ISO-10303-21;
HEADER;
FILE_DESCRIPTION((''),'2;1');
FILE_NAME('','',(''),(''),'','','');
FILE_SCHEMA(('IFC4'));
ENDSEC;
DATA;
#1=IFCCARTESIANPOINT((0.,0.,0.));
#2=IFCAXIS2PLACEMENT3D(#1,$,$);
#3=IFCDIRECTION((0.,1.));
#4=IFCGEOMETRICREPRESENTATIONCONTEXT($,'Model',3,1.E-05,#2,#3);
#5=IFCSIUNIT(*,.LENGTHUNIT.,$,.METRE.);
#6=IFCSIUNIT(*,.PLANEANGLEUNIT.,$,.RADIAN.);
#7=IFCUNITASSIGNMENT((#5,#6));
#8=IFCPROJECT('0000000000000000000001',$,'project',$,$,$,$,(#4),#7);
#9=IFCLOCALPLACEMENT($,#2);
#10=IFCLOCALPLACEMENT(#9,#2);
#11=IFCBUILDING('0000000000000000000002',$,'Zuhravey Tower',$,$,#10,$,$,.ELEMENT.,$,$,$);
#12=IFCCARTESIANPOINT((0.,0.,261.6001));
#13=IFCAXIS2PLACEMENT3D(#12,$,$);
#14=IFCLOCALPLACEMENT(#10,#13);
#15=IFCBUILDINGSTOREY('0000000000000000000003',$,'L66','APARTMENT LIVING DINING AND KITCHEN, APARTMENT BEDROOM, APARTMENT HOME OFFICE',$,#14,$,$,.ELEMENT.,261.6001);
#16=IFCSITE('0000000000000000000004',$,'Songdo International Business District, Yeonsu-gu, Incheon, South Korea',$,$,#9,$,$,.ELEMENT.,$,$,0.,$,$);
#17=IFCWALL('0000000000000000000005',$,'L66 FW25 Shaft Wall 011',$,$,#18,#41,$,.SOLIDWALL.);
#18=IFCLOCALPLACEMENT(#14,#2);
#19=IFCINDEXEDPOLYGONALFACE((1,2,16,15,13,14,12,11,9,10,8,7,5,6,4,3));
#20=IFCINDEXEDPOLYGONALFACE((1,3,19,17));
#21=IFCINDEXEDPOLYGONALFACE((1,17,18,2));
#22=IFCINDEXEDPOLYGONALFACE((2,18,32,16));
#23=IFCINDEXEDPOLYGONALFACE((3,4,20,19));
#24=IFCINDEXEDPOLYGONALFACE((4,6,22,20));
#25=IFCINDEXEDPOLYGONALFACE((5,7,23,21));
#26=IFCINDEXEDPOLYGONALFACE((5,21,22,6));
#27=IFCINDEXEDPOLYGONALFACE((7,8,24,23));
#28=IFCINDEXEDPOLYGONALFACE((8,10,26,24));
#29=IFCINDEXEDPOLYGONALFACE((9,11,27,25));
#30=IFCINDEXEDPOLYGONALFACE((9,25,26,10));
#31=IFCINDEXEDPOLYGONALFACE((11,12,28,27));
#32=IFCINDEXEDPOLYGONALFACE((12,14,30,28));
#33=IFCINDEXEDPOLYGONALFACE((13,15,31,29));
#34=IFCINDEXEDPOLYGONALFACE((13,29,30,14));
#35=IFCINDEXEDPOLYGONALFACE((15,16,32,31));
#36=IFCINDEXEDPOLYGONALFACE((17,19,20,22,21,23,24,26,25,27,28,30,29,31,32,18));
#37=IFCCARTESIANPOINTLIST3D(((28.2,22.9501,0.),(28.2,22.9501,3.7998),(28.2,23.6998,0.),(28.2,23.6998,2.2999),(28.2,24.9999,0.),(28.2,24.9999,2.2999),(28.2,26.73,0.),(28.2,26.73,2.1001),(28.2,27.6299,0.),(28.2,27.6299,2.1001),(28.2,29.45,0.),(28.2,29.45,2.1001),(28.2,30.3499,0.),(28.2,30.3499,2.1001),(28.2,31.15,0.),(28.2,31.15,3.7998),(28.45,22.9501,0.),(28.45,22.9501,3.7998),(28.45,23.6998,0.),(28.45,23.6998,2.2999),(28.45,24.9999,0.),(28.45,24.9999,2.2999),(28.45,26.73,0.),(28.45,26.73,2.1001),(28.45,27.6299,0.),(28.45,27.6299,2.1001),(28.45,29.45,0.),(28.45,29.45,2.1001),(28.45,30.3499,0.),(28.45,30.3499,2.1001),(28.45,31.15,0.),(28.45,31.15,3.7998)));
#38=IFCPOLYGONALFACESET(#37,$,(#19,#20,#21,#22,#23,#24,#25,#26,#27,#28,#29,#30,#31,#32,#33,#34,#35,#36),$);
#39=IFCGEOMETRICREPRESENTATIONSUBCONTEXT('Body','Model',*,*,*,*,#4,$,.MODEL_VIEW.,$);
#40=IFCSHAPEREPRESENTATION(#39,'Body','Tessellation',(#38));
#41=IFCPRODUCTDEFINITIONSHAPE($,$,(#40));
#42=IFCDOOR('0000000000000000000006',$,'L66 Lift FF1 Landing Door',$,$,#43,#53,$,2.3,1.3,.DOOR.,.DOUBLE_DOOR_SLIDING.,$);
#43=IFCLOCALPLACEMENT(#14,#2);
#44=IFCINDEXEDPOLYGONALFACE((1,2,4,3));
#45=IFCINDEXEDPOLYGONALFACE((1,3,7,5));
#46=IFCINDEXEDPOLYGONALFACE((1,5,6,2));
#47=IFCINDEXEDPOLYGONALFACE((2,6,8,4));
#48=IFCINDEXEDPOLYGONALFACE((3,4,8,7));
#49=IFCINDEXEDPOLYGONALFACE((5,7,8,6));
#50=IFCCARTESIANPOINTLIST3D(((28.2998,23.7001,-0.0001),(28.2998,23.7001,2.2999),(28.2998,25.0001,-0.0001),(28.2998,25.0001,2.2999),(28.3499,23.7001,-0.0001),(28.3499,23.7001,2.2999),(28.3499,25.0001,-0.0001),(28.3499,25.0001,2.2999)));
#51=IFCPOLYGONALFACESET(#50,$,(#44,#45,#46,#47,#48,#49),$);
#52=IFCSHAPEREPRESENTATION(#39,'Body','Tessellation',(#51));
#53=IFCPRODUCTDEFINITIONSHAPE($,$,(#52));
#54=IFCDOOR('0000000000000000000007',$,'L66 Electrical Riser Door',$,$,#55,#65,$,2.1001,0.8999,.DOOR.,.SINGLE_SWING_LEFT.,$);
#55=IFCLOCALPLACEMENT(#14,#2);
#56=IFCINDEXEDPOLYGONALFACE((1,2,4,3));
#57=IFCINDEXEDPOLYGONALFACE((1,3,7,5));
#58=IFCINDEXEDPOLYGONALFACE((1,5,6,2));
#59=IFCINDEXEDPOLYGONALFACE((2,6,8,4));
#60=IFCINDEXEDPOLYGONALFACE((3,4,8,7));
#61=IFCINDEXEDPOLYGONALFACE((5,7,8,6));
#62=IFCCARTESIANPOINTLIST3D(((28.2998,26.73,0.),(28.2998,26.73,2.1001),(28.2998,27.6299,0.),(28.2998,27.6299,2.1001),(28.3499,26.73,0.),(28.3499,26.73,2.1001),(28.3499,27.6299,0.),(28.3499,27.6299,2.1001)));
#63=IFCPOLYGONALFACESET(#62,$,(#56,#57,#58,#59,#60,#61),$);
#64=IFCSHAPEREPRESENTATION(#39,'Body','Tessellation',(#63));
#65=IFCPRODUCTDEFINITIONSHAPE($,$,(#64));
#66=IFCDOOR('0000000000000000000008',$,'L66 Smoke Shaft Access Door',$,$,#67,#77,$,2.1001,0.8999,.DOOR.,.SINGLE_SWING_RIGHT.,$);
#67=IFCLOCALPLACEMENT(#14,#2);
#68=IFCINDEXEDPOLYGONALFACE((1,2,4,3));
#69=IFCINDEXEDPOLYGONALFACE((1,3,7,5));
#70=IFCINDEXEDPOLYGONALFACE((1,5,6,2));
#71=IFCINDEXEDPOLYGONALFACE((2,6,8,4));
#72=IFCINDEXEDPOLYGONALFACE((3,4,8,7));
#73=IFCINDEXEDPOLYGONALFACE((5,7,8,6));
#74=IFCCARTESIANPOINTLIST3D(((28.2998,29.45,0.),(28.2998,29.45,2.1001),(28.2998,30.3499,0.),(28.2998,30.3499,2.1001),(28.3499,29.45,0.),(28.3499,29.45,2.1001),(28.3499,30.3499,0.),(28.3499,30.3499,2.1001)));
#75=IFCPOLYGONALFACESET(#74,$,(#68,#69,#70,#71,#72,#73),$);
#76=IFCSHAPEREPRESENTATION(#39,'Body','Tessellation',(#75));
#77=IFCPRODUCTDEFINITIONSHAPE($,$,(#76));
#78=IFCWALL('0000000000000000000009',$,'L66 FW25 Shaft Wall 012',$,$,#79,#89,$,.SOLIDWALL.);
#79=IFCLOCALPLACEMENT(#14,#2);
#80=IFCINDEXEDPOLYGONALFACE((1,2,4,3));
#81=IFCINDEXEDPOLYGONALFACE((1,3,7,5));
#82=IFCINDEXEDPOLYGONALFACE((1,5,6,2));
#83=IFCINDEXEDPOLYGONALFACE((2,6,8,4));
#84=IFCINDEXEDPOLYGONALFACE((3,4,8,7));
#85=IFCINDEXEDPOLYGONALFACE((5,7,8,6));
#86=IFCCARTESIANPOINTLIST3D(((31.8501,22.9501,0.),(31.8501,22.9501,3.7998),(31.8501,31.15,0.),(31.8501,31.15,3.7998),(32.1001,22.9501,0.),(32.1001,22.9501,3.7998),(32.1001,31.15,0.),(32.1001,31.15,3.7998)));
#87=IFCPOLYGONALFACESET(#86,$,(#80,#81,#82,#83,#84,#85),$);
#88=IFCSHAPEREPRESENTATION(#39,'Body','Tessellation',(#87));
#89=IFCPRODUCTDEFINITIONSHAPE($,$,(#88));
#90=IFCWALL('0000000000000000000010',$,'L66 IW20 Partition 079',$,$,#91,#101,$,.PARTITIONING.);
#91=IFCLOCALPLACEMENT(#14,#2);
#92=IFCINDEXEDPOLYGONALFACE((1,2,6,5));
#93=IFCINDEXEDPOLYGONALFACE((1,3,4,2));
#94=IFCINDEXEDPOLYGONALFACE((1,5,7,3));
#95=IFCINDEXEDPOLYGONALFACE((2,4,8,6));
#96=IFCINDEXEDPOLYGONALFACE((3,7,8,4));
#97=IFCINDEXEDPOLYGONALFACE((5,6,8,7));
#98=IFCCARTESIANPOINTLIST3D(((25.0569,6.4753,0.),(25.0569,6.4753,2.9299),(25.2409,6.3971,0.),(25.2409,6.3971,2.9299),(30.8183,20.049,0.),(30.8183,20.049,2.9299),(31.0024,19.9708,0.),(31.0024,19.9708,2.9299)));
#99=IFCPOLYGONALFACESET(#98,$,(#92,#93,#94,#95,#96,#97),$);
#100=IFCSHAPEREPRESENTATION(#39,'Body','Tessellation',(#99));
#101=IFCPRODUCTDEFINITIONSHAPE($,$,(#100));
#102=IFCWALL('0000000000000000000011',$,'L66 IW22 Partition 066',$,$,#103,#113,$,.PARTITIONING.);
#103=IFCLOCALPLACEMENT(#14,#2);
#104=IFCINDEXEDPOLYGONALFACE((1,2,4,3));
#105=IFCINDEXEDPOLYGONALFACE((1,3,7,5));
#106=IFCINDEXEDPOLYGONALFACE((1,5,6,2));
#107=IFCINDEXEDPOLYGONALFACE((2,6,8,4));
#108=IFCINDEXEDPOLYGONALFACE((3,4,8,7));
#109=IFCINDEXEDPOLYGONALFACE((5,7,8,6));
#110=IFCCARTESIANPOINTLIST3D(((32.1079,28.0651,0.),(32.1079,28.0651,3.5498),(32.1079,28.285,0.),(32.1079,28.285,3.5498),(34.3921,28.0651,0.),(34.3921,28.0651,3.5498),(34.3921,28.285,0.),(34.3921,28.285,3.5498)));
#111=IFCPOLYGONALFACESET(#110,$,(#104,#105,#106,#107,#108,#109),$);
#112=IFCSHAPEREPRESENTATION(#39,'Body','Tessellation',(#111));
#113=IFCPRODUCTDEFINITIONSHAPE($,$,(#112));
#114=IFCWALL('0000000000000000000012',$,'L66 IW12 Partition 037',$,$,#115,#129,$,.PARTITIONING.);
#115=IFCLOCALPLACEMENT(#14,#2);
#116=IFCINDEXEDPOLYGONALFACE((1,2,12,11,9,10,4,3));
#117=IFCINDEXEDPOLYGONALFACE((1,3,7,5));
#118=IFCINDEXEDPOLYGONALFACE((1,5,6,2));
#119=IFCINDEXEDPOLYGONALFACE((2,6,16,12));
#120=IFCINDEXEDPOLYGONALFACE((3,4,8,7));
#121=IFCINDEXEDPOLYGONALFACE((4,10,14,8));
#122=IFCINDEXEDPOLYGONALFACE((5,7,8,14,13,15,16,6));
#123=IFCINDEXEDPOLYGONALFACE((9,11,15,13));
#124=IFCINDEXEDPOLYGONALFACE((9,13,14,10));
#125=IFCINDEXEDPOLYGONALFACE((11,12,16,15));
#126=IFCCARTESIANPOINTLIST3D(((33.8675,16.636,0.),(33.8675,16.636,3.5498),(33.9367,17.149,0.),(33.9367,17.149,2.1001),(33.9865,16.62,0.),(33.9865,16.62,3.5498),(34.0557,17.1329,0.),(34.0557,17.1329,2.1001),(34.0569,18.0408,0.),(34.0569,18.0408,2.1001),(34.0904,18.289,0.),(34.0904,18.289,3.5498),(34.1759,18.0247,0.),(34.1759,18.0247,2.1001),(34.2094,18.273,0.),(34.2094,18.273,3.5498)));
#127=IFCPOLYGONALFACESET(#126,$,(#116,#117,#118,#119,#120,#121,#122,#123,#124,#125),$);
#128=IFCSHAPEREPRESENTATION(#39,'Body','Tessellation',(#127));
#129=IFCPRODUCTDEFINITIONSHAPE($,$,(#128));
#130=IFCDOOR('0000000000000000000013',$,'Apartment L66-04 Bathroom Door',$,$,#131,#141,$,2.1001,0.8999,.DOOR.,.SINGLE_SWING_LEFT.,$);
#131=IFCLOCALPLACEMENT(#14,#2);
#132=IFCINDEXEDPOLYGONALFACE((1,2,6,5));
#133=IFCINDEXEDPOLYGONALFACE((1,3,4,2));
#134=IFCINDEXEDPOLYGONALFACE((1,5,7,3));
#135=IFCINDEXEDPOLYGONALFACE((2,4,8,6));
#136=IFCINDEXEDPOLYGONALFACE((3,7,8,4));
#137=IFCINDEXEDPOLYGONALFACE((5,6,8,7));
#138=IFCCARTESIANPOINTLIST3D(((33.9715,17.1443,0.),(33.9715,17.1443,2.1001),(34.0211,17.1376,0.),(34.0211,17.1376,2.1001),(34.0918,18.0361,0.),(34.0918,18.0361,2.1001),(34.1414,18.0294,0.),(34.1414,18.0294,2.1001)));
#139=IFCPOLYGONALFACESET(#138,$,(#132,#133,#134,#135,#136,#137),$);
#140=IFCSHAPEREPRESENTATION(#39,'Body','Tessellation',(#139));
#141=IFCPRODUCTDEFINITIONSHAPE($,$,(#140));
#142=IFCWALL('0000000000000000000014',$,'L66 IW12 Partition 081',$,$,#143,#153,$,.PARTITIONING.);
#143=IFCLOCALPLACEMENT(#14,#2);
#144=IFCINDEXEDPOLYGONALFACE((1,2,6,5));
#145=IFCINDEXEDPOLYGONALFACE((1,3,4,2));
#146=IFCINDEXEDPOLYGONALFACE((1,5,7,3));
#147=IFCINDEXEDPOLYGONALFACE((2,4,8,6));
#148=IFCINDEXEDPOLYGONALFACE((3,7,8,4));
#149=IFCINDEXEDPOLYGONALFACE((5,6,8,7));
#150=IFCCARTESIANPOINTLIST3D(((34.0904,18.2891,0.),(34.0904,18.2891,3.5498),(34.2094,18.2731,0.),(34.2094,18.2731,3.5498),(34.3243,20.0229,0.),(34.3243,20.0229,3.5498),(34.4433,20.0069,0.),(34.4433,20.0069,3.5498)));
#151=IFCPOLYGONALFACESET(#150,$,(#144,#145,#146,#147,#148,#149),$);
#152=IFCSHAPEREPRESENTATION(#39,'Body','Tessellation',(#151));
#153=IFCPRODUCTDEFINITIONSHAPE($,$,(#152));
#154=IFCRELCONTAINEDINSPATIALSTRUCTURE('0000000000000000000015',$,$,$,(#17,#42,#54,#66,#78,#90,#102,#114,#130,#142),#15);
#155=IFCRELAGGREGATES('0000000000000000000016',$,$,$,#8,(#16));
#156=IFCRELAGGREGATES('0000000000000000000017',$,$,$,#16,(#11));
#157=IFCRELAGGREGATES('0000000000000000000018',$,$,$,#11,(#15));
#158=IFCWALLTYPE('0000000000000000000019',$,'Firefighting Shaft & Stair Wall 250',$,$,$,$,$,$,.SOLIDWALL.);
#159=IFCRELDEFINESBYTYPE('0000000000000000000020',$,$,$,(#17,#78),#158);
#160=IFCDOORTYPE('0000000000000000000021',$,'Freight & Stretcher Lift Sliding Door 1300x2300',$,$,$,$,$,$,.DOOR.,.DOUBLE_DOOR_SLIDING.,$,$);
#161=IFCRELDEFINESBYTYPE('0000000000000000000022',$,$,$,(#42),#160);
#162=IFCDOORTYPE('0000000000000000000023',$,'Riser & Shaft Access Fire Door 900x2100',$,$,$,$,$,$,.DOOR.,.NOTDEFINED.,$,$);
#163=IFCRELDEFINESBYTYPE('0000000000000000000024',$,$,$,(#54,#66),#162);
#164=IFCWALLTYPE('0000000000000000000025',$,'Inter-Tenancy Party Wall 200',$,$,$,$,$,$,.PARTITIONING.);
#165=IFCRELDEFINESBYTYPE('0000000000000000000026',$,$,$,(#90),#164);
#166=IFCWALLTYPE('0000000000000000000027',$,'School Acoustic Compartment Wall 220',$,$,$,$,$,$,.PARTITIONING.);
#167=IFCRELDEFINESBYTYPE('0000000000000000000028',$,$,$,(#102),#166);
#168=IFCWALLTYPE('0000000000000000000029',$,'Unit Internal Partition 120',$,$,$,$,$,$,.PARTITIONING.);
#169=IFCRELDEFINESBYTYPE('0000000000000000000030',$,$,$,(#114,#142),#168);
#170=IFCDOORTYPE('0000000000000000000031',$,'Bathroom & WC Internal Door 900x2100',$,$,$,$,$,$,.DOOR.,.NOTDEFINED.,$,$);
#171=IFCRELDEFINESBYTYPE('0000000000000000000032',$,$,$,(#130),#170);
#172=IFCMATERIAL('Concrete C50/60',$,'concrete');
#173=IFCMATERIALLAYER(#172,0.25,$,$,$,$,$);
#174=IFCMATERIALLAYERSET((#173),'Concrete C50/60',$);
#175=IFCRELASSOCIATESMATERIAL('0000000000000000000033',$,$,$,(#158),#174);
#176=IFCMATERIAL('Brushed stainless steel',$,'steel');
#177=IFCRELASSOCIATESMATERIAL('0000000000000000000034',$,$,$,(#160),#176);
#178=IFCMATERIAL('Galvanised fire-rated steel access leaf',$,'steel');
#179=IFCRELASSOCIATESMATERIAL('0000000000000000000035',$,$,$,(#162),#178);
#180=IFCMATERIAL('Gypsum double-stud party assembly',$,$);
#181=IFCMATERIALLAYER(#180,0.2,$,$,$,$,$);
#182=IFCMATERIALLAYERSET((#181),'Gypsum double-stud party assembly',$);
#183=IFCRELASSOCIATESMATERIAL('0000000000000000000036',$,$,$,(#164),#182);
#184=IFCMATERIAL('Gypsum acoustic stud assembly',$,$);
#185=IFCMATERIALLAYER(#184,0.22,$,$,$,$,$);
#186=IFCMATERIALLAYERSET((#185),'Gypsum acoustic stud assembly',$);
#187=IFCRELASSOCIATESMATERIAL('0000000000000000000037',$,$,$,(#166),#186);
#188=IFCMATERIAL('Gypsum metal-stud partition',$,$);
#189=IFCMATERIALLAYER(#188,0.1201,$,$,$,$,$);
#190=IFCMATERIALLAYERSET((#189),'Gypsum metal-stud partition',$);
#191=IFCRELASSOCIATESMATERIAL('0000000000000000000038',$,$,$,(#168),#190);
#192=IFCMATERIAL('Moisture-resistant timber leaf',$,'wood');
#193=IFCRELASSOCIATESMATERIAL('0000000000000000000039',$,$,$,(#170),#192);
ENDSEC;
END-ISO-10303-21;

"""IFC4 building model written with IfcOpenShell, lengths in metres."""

from ifc_helpers import new_model, si_unit, direction, frame, frame_2d, origin, place, context, subcontext, project, spatial, rectangle, extrude, material, layer, layer_set, type_object, element, fill, save


model = new_model("IFC4")

# Units and contexts
model_context = context("Model", 3, precision=1e-05, world=origin(), true_north=direction((0.0, 1.0)))
body_context = subcontext(model_context, "Body", "Model", "MODEL_VIEW")
ifc_project = project(units=[si_unit("LENGTHUNIT", "METRE"), si_unit("PLANEANGLEUNIT", "RADIAN")], contexts=[model_context])

# Site, building, storey
site_placement = place(None, origin())
site = spatial("IfcSite", under=ifc_project, at=site_placement, Name="Songdo International Business District, Yeonsu-gu, Incheon, South Korea", CompositionType="ELEMENT", RefElevation=0.0)
building_placement = place(site_placement, origin())
building = spatial("IfcBuilding", under=site, at=building_placement, Name="Zuhravey Tower", CompositionType="ELEMENT")
storey_placement = place(building_placement, frame((0.0, 0.0, 261.6001)))
storey = spatial("IfcBuildingStorey", under=building, at=storey_placement, Name="L66", Description="APARTMENT LIVING DINING AND KITCHEN, APARTMENT BEDROOM, APARTMENT HOME OFFICE", CompositionType="ELEMENT", Elevation=261.6001)

# Shared definitions
ifc_material_1 = material(Name="Concrete C50/60", Category="concrete")

# Shared definitions
ifc_layer_1 = layer(ifc_material_1, 0.25)
ifc_layer_set_1 = layer_set([ifc_layer_1], Name="Concrete C50/60")
wall_type_1 = type_object("IfcWallType", Name="Firefighting Shaft & Stair Wall 250", PredefinedType="SOLIDWALL", material=ifc_layer_set_1)

# Wall, openings, doors
wall_1_placement = place(storey_placement, frame((28.325, 22.95, 0.0), z_axis=(0.0, 0.0, 1.0), x_axis=(0.0, 1.0, 0.0)))
wall_1 = element("IfcWall", 1, at=wall_1_placement, inside=storey, type_object=wall_type_1, Name="L66 FW25 Shaft Wall 011", PredefinedType="SOLIDWALL", context=body_context, shape_type="SweptSolid", body=[
    extrude(rectangle(XDim=8.2, YDim=0.25, at=frame_2d((4.1001, 0.0))), origin(), (0.0, 0.0, 1.0), 3.7998),
])
opening_1_placement = place(wall_1_placement, frame((0.75, 0.0, 0.0)))
opening_1 = element("IfcOpeningElement", 2, at=opening_1_placement, cuts=wall_1, PredefinedType="OPENING", context=body_context, shape_type="SweptSolid", body=[
    extrude(rectangle(XDim=1.3, YDim=2.3, at=frame_2d((0.6499, 1.1499))), frame((0.0, 0.137, 0.0), z_axis=(0.0, -1.0, 0.0), x_axis=(1.0, 0.0, 0.0)), (0.0, 0.0, 1.0), 0.2739),
])
opening_2_placement = place(wall_1_placement, frame((3.78, 0.0, 0.0)))
opening_2 = element("IfcOpeningElement", 3, at=opening_2_placement, cuts=wall_1, PredefinedType="OPENING", context=body_context, shape_type="SweptSolid", body=[
    extrude(rectangle(XDim=0.8999, YDim=2.1001, at=frame_2d((0.45, 1.05))), frame((0.0, 0.137, 0.0), z_axis=(0.0, -1.0, 0.0), x_axis=(1.0, 0.0, 0.0)), (0.0, 0.0, 1.0), 0.2739),
])
opening_3_placement = place(wall_1_placement, frame((6.5, 0.0, 0.0)))
opening_3 = element("IfcOpeningElement", 4, at=opening_3_placement, cuts=wall_1, PredefinedType="OPENING", context=body_context, shape_type="SweptSolid", body=[
    extrude(rectangle(XDim=0.8999, YDim=2.1001, at=frame_2d((0.45, 1.05))), frame((0.0, 0.137, 0.0), z_axis=(0.0, -1.0, 0.0), x_axis=(1.0, 0.0, 0.0)), (0.0, 0.0, 1.0), 0.2739),
])
ifc_material_2 = material(Name="Brushed stainless steel", Category="steel")
door_type_1 = type_object("IfcDoorType", Name="Freight & Stretcher Lift Sliding Door 1300x2300", OperationType="DOUBLE_DOOR_SLIDING", PredefinedType="DOOR", material=ifc_material_2)
door_1_placement = place(opening_1_placement, frame((1.3, 0.0, 0.0), z_axis=(0.0, 0.0, 1.0), x_axis=(-1.0, 0.0, 0.0)))
door_1 = element("IfcDoor", 5, at=door_1_placement, inside=storey, type_object=door_type_1, Name="L66 Lift FF1 Landing Door", OperationType="DOUBLE_DOOR_SLIDING", OverallHeight=2.3, OverallWidth=1.3, PredefinedType="DOOR", context=body_context, shape_type="SweptSolid", body=[
    extrude(rectangle(XDim=1.3, YDim=2.3, at=frame_2d((0.6499, 1.1499))), frame((0.0, 0.0249, 0.0), z_axis=(0.0, -1.0, 0.0), x_axis=(1.0, 0.0, 0.0)), (0.0, 0.0, 1.0), 0.05),
])
fill(opening_1, door_1)
ifc_material_3 = material(Name="Galvanised fire-rated steel access leaf", Category="steel")
door_type_2 = type_object("IfcDoorType", Name="Riser & Shaft Access Fire Door 900x2100", OperationType="NOTDEFINED", PredefinedType="DOOR", material=ifc_material_3)
door_2_placement = place(opening_2_placement, frame((0.8999, 0.0, 0.0), z_axis=(0.0, 0.0, 1.0), x_axis=(-1.0, 0.0, 0.0)))
door_2 = element("IfcDoor", 6, at=door_2_placement, inside=storey, type_object=door_type_2, Name="L66 Electrical Riser Door", OperationType="SINGLE_SWING_LEFT", OverallHeight=2.1001, OverallWidth=0.8999, PredefinedType="DOOR", context=body_context, shape_type="SweptSolid", body=[
    extrude(rectangle(XDim=0.8999, YDim=2.1001, at=frame_2d((0.45, 1.05))), frame((0.0, 0.0249, 0.0), z_axis=(0.0, -1.0, 0.0), x_axis=(1.0, 0.0, 0.0)), (0.0, 0.0, 1.0), 0.05),
])
fill(opening_2, door_2)
door_3_placement = place(opening_3_placement, frame((0.8999, 0.0, 0.0), z_axis=(0.0, 0.0, 1.0), x_axis=(-1.0, 0.0, 0.0)))
door_3 = element("IfcDoor", 7, at=door_3_placement, inside=storey, type_object=door_type_2, Name="L66 Smoke Shaft Access Door", OperationType="SINGLE_SWING_RIGHT", OverallHeight=2.1001, OverallWidth=0.8999, PredefinedType="DOOR", context=body_context, shape_type="SweptSolid", body=[
    extrude(rectangle(XDim=0.8999, YDim=2.1001, at=frame_2d((0.45, 1.05))), frame((0.0, 0.0249, 0.0), z_axis=(0.0, -1.0, 0.0), x_axis=(1.0, 0.0, 0.0)), (0.0, 0.0, 1.0), 0.05),
])
fill(opening_3, door_3)

# Walls
wall_2_placement = place(storey_placement, frame((31.9751, 22.95, 0.0), z_axis=(0.0, 0.0, 1.0), x_axis=(0.0, 1.0, 0.0)))
element("IfcWall", 8, at=wall_2_placement, inside=storey, type_object=wall_type_1, Name="L66 FW25 Shaft Wall 012", PredefinedType="SOLIDWALL", context=body_context, shape_type="SweptSolid", body=[
    extrude(rectangle(XDim=8.2, YDim=0.25, at=frame_2d((4.1001, 0.0))), origin(), (0.0, 0.0, 1.0), 3.7998),
])
ifc_material_4 = material(Name="Gypsum double-stud party assembly")
ifc_layer_2 = layer(ifc_material_4, 0.2)
ifc_layer_set_2 = layer_set([ifc_layer_2], Name="Gypsum double-stud party assembly")
wall_type_2 = type_object("IfcWallType", Name="Inter-Tenancy Party Wall 200", PredefinedType="PARTITIONING", material=ifc_layer_set_2)
wall_3_placement = place(storey_placement, frame((30.9104, 20.01, 0.0), z_axis=(0.0, 0.0, 1.0), x_axis=(-0.390718, -0.920511, 0.0)))
element("IfcWall", 9, at=wall_3_placement, inside=storey, type_object=wall_type_2, Name="L66 IW20 Partition 079", PredefinedType="PARTITIONING", context=body_context, shape_type="SweptSolid", body=[
    extrude(rectangle(XDim=14.7458, YDim=0.2, at=frame_2d((7.373, 0.0))), origin(), (0.0, 0.0, 1.0), 2.9299),
])
ifc_material_5 = material(Name="Gypsum acoustic stud assembly")
ifc_layer_3 = layer(ifc_material_5, 0.22)
ifc_layer_set_3 = layer_set([ifc_layer_3], Name="Gypsum acoustic stud assembly")
wall_type_3 = type_object("IfcWallType", Name="School Acoustic Compartment Wall 220", PredefinedType="PARTITIONING", material=ifc_layer_set_3)
wall_4_placement = place(storey_placement, frame((32.1079, 28.175, 0.0), z_axis=(0.0, 0.0, 1.0), x_axis=(1.0, 0.0, 0.0)))
element("IfcWall", 10, at=wall_4_placement, inside=storey, type_object=wall_type_3, Name="L66 IW22 Partition 066", PredefinedType="PARTITIONING", context=body_context, shape_type="SweptSolid", body=[
    extrude(rectangle(XDim=2.2842, YDim=0.22, at=frame_2d((1.1421, 0.0))), origin(), (0.0, 0.0, 1.0), 3.5498),
])

# Wall, opening, door
ifc_material_6 = material(Name="Gypsum metal-stud partition")
ifc_layer_4 = layer(ifc_material_6, 0.1201)
ifc_layer_set_4 = layer_set([ifc_layer_4], Name="Gypsum metal-stud partition")
wall_type_4 = type_object("IfcWallType", Name="Unit Internal Partition 120", PredefinedType="PARTITIONING", material=ifc_layer_set_4)
wall_5_placement = place(storey_placement, frame((34.1499, 18.281, 0.0), z_axis=(0.0, 0.0, 1.0), x_axis=(-0.13363, -0.991031, 0.0)))
wall_5 = element("IfcWall", 11, at=wall_5_placement, inside=storey, type_object=wall_type_4, Name="L66 IW12 Partition 037", PredefinedType="PARTITIONING", context=body_context, shape_type="SweptSolid", body=[
    extrude(rectangle(XDim=1.668, YDim=0.1201, at=frame_2d((0.834, 0.0))), origin(), (0.0, 0.0, 1.0), 3.5498),
])
opening_4_placement = place(wall_5_placement, frame((0.2505, 0.0, 0.0)))
opening_4 = element("IfcOpeningElement", 12, at=opening_4_placement, cuts=wall_5, PredefinedType="OPENING", context=body_context, shape_type="SweptSolid", body=[
    extrude(rectangle(XDim=0.8999, YDim=2.1001, at=frame_2d((0.45, 1.05))), frame((0.0, 0.072, 0.0), z_axis=(0.0, -1.0, 0.0), x_axis=(1.0, 0.0, 0.0)), (0.0, 0.0, 1.0), 0.144),
])
ifc_material_7 = material(Name="Moisture-resistant timber leaf", Category="wood")
door_type_3 = type_object("IfcDoorType", Name="Bathroom & WC Internal Door 900x2100", OperationType="NOTDEFINED", PredefinedType="DOOR", material=ifc_material_7)
door_4_placement = place(opening_4_placement, frame((0.8999, 0.0, 0.0), z_axis=(0.0, 0.0, 1.0), x_axis=(-1.0, 0.0, 0.0)))
door_4 = element("IfcDoor", 13, at=door_4_placement, inside=storey, type_object=door_type_3, Name="Apartment L66-04 Bathroom Door", OperationType="SINGLE_SWING_LEFT", OverallHeight=2.1001, OverallWidth=0.8999, PredefinedType="DOOR", context=body_context, shape_type="SweptSolid", body=[
    extrude(rectangle(XDim=0.8999, YDim=2.1001, at=frame_2d((0.45, 1.05))), frame((0.0, 0.0249, 0.0), z_axis=(0.0, -1.0, 0.0), x_axis=(1.0, 0.0, 0.0)), (0.0, 0.0, 1.0), 0.05),
])
fill(opening_4, door_4)

# Wall
wall_6_placement = place(storey_placement, frame((34.3838, 20.0149, 0.0), z_axis=(0.0, 0.0, 1.0), x_axis=(-0.133681, -0.991024, 0.0)))
element("IfcWall", 14, at=wall_6_placement, inside=storey, type_object=wall_type_4, Name="L66 IW12 Partition 081", PredefinedType="PARTITIONING", context=body_context, shape_type="SweptSolid", body=[
    extrude(rectangle(XDim=1.7495, YDim=0.1201, at=frame_2d((0.8748, 0.0))), origin(), (0.0, 0.0, 1.0), 3.5498),
])

save(model, "model.ifc")
